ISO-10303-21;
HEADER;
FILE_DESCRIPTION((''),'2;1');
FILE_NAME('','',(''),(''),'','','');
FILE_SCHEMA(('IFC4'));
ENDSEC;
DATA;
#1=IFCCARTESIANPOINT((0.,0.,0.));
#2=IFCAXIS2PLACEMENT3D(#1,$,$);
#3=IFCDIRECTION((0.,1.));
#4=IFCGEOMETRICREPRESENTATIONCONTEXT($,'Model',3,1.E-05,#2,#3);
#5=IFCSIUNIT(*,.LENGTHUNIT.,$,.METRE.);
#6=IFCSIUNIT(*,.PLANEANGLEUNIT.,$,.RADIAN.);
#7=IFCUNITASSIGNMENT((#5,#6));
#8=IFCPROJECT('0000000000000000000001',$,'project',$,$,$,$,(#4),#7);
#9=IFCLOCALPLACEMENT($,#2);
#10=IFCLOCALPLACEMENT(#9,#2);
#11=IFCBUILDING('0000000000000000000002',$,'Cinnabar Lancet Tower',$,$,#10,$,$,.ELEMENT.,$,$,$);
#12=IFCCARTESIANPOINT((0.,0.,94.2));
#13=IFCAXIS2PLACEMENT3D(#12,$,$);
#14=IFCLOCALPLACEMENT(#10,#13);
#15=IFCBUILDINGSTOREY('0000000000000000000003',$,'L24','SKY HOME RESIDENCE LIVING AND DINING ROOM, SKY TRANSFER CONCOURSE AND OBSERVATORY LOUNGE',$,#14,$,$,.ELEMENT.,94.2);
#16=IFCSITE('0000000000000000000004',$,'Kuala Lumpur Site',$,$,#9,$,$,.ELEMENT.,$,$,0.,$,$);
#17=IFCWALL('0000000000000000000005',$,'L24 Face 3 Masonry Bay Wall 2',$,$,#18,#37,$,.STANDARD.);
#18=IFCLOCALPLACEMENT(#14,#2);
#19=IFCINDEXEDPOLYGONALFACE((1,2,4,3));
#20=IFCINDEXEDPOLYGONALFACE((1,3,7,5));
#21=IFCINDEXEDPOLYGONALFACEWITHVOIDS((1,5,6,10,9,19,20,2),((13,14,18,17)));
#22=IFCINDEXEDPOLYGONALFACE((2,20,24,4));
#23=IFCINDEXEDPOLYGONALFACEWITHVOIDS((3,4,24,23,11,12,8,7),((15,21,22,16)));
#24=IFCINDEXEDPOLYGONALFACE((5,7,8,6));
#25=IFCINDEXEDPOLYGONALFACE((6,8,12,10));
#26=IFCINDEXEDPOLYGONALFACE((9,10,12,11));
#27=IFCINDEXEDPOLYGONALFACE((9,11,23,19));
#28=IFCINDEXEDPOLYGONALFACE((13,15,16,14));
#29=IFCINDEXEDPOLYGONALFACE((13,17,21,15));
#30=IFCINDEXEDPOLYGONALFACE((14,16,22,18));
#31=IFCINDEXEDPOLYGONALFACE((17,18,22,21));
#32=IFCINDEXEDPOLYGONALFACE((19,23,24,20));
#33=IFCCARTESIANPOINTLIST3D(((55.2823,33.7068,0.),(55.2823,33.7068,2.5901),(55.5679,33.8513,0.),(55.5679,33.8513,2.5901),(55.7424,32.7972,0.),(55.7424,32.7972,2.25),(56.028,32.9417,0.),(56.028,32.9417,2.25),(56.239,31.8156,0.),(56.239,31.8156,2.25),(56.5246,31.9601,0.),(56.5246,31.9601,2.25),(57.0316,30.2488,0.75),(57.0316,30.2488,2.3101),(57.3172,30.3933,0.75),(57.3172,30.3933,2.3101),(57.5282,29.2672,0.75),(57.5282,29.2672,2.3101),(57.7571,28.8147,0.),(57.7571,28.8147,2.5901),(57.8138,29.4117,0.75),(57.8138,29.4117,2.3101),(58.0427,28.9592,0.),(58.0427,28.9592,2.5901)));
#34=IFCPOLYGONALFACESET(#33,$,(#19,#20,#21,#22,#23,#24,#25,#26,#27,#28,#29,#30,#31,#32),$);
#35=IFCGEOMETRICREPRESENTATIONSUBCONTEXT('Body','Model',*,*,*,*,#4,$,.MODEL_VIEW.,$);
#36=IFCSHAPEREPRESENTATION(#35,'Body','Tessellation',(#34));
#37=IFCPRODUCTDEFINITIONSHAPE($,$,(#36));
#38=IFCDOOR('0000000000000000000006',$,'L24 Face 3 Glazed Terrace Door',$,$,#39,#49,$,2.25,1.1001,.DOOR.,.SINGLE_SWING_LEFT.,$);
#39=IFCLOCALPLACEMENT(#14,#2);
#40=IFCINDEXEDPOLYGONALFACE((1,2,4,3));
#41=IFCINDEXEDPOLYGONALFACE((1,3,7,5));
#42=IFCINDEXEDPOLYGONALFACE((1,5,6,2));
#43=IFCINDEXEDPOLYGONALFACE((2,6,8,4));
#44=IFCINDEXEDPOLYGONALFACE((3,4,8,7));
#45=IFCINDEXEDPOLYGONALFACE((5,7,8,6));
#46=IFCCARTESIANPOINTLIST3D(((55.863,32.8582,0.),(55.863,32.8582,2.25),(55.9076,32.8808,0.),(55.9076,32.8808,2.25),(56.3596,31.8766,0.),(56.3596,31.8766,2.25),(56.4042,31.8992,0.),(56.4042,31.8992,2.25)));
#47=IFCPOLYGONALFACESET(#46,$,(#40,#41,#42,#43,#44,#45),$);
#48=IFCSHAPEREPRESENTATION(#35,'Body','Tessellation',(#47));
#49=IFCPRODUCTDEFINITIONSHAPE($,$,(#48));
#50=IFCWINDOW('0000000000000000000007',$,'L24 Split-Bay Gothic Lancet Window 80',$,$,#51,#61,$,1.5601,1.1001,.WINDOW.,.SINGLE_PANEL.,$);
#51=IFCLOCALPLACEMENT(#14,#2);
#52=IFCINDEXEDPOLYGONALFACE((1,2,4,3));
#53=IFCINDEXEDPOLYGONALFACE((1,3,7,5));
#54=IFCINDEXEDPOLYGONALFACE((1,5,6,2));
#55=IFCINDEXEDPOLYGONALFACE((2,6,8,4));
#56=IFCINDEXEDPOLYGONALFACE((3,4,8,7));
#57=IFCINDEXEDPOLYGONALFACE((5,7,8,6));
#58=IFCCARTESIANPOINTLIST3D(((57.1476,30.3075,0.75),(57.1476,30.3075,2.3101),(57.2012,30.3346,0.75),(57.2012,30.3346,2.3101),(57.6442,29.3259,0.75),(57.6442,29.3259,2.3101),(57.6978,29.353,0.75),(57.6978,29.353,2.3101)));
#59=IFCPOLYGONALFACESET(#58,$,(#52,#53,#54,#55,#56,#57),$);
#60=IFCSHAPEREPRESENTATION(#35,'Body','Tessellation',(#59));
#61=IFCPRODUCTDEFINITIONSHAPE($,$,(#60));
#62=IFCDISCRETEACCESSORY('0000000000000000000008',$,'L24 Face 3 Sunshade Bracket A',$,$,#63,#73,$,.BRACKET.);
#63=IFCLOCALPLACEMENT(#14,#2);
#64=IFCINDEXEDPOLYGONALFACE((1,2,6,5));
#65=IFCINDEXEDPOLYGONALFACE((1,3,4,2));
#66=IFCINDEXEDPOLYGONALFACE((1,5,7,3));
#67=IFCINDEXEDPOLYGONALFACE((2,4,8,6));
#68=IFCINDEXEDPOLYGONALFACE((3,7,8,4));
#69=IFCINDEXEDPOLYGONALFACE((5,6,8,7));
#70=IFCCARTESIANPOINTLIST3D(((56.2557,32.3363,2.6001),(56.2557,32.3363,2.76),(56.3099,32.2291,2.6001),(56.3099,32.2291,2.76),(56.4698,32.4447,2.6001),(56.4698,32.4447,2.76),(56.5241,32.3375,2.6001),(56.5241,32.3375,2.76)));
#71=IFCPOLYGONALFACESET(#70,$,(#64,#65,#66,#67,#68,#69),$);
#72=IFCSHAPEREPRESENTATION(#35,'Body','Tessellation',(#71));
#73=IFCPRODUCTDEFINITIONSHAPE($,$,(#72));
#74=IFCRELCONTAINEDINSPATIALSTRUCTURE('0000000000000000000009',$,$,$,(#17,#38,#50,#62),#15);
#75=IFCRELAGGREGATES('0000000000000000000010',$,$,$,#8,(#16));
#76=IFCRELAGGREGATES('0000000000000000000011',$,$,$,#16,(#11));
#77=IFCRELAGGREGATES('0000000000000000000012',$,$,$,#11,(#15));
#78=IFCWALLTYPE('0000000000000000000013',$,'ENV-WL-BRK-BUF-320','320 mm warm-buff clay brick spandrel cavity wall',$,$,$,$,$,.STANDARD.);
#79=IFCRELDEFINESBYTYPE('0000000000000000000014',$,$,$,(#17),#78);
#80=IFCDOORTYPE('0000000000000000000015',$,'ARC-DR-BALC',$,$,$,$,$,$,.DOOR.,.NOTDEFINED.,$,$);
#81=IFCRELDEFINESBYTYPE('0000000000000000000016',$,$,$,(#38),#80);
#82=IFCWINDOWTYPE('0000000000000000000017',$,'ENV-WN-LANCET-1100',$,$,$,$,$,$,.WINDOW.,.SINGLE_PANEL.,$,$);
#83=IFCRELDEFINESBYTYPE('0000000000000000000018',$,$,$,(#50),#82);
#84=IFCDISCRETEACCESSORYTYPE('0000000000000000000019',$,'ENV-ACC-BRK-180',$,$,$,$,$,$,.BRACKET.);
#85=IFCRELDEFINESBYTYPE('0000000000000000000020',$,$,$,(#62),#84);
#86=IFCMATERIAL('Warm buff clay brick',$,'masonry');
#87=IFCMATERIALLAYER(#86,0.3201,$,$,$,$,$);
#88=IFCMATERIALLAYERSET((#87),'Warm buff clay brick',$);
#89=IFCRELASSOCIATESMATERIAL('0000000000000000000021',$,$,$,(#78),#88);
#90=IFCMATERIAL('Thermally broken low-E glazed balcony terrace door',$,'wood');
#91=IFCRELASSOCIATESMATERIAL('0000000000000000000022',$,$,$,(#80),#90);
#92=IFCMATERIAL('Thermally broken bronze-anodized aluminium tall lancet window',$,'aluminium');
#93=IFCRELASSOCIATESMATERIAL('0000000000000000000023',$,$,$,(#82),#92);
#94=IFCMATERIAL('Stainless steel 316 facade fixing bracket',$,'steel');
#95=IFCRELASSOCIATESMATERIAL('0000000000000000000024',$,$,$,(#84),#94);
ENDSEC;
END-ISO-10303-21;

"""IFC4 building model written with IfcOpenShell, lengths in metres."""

from ifc_helpers import new_model, si_unit, direction, frame, frame_2d, origin, origin_2d, place, context, subcontext, project, spatial, rectangle, extrude, material, layer, layer_set, type_object, element, fill, save


model = new_model("IFC4")

# Units and contexts
model_context = context("Model", 3, precision=1e-05, world=origin(), true_north=direction((0.0, 1.0)))
body_context = subcontext(model_context, "Body", "Model", "MODEL_VIEW")
ifc_project = project(units=[si_unit("LENGTHUNIT", "METRE"), si_unit("PLANEANGLEUNIT", "RADIAN")], contexts=[model_context])

# Site, building, storey
site_placement = place(None, origin())
site = spatial("IfcSite", under=ifc_project, at=site_placement, Name="Kuala Lumpur Site", CompositionType="ELEMENT", RefElevation=0.0)
building_placement = place(site_placement, origin())
building = spatial("IfcBuilding", under=site, at=building_placement, Name="Cinnabar Lancet Tower", CompositionType="ELEMENT")
storey_placement = place(building_placement, frame((0.0, 0.0, 94.2)))
storey = spatial("IfcBuildingStorey", under=building, at=storey_placement, Name="L24", Description="SKY HOME RESIDENCE LIVING AND DINING ROOM, SKY TRANSFER CONCOURSE AND OBSERVATORY LOUNGE", CompositionType="ELEMENT", Elevation=94.2)

# Wall, openings, door, window
ifc_material_1 = material(Name="Warm buff clay brick", Category="masonry")
ifc_layer_1 = layer(ifc_material_1, 0.3201)
ifc_layer_set_1 = layer_set([ifc_layer_1], Name="Warm buff clay brick")
wall_type_1 = type_object("IfcWallType", Name="ENV-WL-BRK-BUF-320", Description="320 mm warm-buff clay brick spandrel cavity wall", PredefinedType="STANDARD", material=ifc_layer_set_1)
wall_1_placement = place(storey_placement, frame((57.8999, 28.887, 0.0), z_axis=(0.0, 0.0, 1.0), x_axis=(-0.451412, 0.892315, 0.0)))
wall_1 = element("IfcWall", 1, at=wall_1_placement, inside=storey, type_object=wall_type_1, Name="L24 Face 3 Masonry Bay Wall 2", PredefinedType="STANDARD", context=body_context, shape_type="SweptSolid", body=[
    extrude(rectangle(XDim=5.4824, YDim=0.3201, at=frame_2d((2.7412, 0.0))), origin(), (0.0, 0.0, 1.0), 2.5901),
])
opening_1_placement = place(wall_1_placement, frame((3.363, 0.0, 0.0)))
opening_1 = element("IfcOpeningElement", 2, at=opening_1_placement, cuts=wall_1, PredefinedType="OPENING", context=body_context, shape_type="SweptSolid", body=[
    extrude(rectangle(XDim=1.1001, YDim=2.25, at=frame_2d((0.55, 1.125))), frame((0.0, 0.1699, 0.0), z_axis=(0.0, -1.0, 0.0), x_axis=(1.0, 0.0, 0.0)), (0.0, 0.0, 1.0), 0.3401),
])
opening_2_placement = place(wall_1_placement, frame((0.5071, 0.0, 0.75)))
opening_2 = element("IfcOpeningElement", 3, at=opening_2_placement, cuts=wall_1, PredefinedType="OPENING", context=body_context, shape_type="SweptSolid", body=[
    extrude(rectangle(XDim=1.1001, YDim=1.5601, at=frame_2d((0.55, 0.78))), frame((0.0, 0.1699, 0.0), z_axis=(0.0, -1.0, 0.0), x_axis=(1.0, 0.0, 0.0)), (0.0, 0.0, 1.0), 0.3401),
])
ifc_material_2 = material(Name="Thermally broken low-E glazed balcony terrace door", Category="wood")
door_type_1 = type_object("IfcDoorType", Name="ARC-DR-BALC", OperationType="NOTDEFINED", PredefinedType="DOOR", material=ifc_material_2)
door_1_placement = place(opening_1_placement, origin())
door_1 = element("IfcDoor", 4, at=door_1_placement, inside=storey, type_object=door_type_1, Name="L24 Face 3 Glazed Terrace Door", OperationType="SINGLE_SWING_LEFT", OverallHeight=2.25, OverallWidth=1.1001, PredefinedType="DOOR", context=body_context, shape_type="SweptSolid", body=[
    extrude(rectangle(XDim=1.1001, YDim=2.25, at=frame_2d((0.55, 1.125))), frame((0.0, 0.0249, 0.0), z_axis=(0.0, -1.0, 0.0), x_axis=(1.0, 0.0, 0.0)), (0.0, 0.0, 1.0), 0.05),
])
fill(opening_1, door_1)
ifc_material_3 = material(Name="Thermally broken bronze-anodized aluminium tall lancet window", Category="aluminium")
window_type = type_object("IfcWindowType", Name="ENV-WN-LANCET-1100", PartitioningType="SINGLE_PANEL", PredefinedType="WINDOW", material=ifc_material_3)
window_placement = place(opening_2_placement, origin())
window = element("IfcWindow", 5, at=window_placement, inside=storey, type_object=window_type, Name="L24 Split-Bay Gothic Lancet Window 80", OverallHeight=1.5601, OverallWidth=1.1001, PartitioningType="SINGLE_PANEL", PredefinedType="WINDOW", context=body_context, shape_type="SweptSolid", body=[
    extrude(rectangle(XDim=1.1001, YDim=1.5601, at=frame_2d((0.55, 0.78))), frame((0.0, 0.03, 0.0), z_axis=(0.0, -1.0, 0.0), x_axis=(1.0, 0.0, 0.0)), (0.0, 0.0, 1.0), 0.0601),
])
fill(opening_2, window)

# Discrete accessory
ifc_material_4 = material(Name="Stainless steel 316 facade fixing bracket", Category="steel")
discrete_accessory_type = type_object("IfcDiscreteAccessoryType", Name="ENV-ACC-BRK-180", PredefinedType="BRACKET", material=ifc_material_4)
discrete_accessory_placement = place(storey_placement, frame((56.3899, 32.3369, 2.6001), z_axis=(0.0, 0.0, 1.0), x_axis=(-0.451501, 0.892271, 0.0)))
element("IfcDiscreteAccessory", 6, at=discrete_accessory_placement, inside=storey, type_object=discrete_accessory_type, Name="L24 Face 3 Sunshade Bracket A", PredefinedType="BRACKET", context=body_context, shape_type="SweptSolid", body=[
    extrude(rectangle(XDim=0.1201, YDim=0.24, at=origin_2d()), origin(), (0.0, 0.0, 1.0), 0.1599),
])

save(model, "model.ifc")
